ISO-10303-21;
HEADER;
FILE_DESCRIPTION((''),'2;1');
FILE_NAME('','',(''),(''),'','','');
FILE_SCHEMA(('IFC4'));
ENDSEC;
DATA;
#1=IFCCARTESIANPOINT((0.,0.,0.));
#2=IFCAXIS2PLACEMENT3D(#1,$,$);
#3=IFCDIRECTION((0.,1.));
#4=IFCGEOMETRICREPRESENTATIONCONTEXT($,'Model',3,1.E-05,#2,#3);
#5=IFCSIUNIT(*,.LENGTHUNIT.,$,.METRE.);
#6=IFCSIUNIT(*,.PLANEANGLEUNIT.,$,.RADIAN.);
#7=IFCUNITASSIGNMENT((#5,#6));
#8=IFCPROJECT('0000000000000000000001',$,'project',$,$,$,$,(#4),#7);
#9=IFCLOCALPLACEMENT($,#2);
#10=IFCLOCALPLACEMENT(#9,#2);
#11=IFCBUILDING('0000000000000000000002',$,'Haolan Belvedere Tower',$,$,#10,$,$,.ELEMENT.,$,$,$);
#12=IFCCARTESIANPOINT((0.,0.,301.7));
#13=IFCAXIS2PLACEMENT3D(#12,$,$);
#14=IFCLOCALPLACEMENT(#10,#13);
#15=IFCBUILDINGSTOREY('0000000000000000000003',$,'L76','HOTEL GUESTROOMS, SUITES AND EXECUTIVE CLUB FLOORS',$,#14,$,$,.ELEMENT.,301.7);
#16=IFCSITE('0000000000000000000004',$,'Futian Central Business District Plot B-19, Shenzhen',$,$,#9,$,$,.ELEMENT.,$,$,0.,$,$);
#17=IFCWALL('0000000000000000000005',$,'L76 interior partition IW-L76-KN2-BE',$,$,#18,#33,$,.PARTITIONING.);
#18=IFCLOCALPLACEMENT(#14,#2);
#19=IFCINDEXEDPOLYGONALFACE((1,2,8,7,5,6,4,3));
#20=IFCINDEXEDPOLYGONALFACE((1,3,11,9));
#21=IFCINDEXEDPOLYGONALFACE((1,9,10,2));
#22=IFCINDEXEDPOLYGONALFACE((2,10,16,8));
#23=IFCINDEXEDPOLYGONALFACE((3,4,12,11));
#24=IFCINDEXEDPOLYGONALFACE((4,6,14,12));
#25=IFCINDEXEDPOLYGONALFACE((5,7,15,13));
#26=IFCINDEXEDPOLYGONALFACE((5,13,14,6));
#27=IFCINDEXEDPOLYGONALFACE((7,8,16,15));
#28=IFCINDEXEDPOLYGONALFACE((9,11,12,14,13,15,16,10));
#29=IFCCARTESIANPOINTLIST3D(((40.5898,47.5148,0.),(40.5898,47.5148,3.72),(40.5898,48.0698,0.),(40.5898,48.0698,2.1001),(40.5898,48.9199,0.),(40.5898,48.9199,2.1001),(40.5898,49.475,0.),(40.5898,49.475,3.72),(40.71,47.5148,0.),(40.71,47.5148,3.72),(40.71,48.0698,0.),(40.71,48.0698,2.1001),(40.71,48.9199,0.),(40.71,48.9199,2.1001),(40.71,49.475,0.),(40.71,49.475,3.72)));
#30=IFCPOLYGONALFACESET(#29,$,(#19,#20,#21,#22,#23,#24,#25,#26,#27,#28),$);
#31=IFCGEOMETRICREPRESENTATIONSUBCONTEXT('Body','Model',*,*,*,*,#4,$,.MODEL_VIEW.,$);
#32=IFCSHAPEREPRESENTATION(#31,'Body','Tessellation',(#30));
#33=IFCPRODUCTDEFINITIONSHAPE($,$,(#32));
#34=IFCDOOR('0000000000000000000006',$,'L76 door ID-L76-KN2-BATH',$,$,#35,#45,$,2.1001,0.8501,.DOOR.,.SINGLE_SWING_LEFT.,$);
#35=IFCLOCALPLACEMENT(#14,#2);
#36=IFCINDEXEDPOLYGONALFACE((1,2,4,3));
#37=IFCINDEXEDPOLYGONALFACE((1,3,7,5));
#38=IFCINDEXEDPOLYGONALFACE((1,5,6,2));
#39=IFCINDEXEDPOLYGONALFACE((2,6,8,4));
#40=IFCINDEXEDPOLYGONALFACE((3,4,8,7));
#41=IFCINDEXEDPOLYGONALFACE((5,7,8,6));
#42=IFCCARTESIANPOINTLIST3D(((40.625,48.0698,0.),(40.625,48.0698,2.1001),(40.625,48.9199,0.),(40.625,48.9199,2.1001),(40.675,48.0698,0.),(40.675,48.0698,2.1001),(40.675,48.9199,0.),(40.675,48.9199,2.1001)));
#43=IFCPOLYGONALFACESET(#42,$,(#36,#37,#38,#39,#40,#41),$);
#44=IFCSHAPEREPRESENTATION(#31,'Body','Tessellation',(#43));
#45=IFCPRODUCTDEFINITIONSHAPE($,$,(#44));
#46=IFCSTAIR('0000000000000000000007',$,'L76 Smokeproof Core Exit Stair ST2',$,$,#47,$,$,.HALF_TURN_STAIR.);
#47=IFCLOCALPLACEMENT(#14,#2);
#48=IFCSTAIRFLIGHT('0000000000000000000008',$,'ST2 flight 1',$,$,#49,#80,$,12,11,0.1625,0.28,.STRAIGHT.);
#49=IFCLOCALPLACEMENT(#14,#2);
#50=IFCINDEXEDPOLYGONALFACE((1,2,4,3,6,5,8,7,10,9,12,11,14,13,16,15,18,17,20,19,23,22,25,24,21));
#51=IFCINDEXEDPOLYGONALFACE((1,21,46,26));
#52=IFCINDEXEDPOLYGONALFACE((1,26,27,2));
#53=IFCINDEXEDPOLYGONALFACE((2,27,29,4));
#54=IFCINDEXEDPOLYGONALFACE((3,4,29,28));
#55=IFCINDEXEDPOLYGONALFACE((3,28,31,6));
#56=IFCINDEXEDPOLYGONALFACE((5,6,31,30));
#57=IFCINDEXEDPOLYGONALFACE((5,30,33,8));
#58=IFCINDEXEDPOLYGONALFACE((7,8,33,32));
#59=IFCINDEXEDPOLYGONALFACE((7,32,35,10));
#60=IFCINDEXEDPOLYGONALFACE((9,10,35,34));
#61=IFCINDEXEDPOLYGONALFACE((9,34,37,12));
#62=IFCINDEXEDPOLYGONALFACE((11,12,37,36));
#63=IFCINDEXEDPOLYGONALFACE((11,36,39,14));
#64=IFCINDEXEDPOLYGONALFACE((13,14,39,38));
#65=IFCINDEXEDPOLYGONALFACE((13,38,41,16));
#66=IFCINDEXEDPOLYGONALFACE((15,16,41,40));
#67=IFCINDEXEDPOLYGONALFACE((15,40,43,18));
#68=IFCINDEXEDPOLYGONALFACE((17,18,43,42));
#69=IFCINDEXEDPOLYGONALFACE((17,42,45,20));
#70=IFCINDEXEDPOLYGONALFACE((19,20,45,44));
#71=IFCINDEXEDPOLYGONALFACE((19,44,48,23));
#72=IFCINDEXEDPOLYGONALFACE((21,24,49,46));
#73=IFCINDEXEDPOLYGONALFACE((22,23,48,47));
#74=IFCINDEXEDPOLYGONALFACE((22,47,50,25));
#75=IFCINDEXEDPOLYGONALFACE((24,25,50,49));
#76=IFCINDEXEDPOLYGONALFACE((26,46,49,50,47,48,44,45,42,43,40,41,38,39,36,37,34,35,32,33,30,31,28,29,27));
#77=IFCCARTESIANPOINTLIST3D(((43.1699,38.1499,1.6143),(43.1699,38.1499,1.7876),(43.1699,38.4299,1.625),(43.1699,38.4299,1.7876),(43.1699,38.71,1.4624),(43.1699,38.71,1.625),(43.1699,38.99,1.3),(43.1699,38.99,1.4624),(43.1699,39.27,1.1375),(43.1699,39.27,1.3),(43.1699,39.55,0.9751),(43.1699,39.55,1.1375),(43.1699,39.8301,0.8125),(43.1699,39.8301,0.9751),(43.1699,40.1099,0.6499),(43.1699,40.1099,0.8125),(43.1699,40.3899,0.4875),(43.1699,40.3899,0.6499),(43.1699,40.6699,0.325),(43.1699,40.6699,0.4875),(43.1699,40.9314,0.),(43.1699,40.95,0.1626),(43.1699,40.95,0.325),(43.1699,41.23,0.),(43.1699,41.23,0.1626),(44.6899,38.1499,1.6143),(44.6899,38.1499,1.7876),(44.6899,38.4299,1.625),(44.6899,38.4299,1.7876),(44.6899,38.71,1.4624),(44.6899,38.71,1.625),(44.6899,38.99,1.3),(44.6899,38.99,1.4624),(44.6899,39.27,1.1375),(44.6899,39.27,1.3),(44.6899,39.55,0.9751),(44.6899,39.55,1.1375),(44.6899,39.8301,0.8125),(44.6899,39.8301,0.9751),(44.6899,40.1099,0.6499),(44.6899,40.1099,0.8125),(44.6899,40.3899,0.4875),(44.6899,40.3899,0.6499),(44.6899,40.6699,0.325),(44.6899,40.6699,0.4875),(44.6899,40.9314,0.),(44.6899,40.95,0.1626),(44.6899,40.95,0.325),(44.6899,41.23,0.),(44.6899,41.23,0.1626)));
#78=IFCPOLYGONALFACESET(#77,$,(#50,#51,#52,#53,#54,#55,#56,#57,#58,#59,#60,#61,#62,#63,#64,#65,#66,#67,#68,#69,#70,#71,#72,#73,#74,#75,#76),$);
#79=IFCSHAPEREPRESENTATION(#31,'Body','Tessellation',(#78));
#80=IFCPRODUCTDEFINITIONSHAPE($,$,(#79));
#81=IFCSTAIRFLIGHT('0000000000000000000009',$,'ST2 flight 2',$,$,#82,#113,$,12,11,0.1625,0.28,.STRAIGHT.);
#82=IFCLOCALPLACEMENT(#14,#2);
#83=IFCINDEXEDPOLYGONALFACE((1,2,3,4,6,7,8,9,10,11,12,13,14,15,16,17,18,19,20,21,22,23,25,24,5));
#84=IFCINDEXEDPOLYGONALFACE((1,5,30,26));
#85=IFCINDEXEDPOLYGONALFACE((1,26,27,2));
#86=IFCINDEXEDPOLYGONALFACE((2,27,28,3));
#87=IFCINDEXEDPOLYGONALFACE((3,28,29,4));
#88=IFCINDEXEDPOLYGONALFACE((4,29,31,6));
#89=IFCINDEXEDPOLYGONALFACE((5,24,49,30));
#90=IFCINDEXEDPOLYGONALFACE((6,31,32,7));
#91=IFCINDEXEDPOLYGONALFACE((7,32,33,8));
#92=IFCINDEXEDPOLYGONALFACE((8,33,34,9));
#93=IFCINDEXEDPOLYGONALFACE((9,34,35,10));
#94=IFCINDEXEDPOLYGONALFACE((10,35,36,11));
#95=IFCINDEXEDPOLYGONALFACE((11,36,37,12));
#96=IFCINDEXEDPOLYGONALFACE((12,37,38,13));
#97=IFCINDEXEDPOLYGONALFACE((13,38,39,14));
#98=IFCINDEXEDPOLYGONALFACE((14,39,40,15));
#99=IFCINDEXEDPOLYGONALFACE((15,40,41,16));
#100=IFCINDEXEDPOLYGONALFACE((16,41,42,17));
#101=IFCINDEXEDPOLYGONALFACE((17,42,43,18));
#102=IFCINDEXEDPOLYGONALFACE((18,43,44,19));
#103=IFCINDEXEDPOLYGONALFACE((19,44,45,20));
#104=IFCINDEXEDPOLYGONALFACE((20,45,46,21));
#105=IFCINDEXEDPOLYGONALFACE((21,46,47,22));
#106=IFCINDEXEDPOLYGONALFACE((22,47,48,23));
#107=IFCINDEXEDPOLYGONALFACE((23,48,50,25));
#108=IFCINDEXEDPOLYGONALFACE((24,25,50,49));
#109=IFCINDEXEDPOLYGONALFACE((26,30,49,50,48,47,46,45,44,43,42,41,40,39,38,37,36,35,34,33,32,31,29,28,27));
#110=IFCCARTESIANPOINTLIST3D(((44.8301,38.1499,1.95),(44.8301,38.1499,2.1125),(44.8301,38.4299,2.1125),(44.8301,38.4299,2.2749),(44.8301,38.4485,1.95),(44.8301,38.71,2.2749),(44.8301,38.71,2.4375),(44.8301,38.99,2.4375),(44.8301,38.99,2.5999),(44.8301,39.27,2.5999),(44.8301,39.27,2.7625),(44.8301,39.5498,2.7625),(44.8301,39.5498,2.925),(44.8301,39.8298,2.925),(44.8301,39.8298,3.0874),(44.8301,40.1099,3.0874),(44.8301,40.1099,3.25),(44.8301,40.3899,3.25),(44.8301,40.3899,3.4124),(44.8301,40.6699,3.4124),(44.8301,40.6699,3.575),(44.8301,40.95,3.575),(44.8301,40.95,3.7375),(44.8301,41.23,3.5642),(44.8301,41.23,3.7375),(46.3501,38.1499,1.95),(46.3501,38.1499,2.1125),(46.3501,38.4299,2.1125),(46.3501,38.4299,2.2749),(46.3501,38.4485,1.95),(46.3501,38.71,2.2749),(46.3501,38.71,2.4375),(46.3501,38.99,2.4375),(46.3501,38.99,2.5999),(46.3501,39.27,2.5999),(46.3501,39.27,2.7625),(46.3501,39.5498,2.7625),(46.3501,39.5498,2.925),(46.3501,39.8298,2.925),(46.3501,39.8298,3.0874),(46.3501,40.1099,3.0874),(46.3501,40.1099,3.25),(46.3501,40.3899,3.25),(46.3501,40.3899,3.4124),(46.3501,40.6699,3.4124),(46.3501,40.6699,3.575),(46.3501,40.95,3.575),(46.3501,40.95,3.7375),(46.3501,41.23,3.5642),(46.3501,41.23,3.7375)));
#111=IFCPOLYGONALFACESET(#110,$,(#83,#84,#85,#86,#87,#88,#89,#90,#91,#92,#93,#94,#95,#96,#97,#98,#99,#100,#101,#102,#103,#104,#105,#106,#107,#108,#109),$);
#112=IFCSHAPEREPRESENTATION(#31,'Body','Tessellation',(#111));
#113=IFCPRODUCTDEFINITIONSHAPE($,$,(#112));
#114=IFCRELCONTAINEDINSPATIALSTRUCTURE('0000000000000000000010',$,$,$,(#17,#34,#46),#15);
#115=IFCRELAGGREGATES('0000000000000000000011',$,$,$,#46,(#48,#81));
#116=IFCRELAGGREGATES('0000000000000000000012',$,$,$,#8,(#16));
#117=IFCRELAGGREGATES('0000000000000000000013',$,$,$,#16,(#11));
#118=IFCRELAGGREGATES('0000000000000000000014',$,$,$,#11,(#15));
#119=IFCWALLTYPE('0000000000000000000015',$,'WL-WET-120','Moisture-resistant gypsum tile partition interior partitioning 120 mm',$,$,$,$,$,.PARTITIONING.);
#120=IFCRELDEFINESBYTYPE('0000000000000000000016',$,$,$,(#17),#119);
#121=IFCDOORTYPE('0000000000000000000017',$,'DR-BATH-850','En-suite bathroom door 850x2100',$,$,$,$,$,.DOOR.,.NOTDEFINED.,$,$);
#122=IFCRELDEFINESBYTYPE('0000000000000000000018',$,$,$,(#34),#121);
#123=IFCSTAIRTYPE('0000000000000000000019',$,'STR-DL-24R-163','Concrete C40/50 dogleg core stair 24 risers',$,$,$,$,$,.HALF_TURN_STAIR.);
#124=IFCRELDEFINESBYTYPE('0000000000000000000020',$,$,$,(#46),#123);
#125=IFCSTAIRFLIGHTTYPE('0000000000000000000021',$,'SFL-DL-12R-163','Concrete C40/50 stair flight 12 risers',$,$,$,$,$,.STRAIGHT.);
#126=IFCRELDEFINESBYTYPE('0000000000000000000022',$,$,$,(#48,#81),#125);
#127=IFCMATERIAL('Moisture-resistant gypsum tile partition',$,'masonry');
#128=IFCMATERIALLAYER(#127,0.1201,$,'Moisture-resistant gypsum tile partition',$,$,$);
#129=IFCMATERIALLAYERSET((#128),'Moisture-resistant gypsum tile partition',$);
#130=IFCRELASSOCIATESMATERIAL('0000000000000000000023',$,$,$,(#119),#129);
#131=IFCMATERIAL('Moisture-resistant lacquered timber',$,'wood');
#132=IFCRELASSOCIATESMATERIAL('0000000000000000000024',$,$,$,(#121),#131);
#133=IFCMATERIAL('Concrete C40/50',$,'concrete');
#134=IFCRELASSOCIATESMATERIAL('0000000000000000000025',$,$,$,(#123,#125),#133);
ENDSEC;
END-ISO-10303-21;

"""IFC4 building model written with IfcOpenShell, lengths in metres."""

from ifc_helpers import new_model, si_unit, direction, frame, frame_2d, origin, place, context, subcontext, project, spatial, polyline, rectangle, outline, extrude, material, layer, layer_set, type_object, element, fill, aggregate, save


model = new_model("IFC4")

# Units and contexts
model_context = context("Model", 3, precision=1e-05, world=origin(), true_north=direction((0.0, 1.0)))
body_context = subcontext(model_context, "Body", "Model", "MODEL_VIEW")
ifc_project = project(units=[si_unit("LENGTHUNIT", "METRE"), si_unit("PLANEANGLEUNIT", "RADIAN")], contexts=[model_context])

# Site, building, storey
site_placement = place(None, origin())
site = spatial("IfcSite", under=ifc_project, at=site_placement, Name="Futian Central Business District Plot B-19, Shenzhen", CompositionType="ELEMENT", RefElevation=0.0)
building_placement = place(site_placement, origin())
building = spatial("IfcBuilding", under=site, at=building_placement, Name="Haolan Belvedere Tower", CompositionType="ELEMENT")
storey_placement = place(building_placement, frame((0.0, 0.0, 301.7)))
storey = spatial("IfcBuildingStorey", under=building, at=storey_placement, Name="L76", Description="HOTEL GUESTROOMS, SUITES AND EXECUTIVE CLUB FLOORS", CompositionType="ELEMENT", Elevation=301.7)

# Shared definitions
ifc_material_1 = material(Name="Concrete C40/50", Category="concrete")

# Shared definitions
ifc_material_2 = material(Name="Moisture-resistant gypsum tile partition", Category="masonry")
ifc_layer_1 = layer(ifc_material_2, 0.1201, Name="Moisture-resistant gypsum tile partition")
ifc_layer_set_1 = layer_set([ifc_layer_1], Name="Moisture-resistant gypsum tile partition")
wall_type_1 = type_object("IfcWallType", Name="WL-WET-120", Description="Moisture-resistant gypsum tile partition interior partitioning 120 mm", PredefinedType="PARTITIONING", material=ifc_layer_set_1)

# Wall, opening, door
wall_1_placement = place(storey_placement, frame((40.6499, 47.5149, 0.0), z_axis=(0.0, 0.0, 1.0), x_axis=(0.0, 1.0, 0.0)))
wall_1 = element("IfcWall", 1, at=wall_1_placement, inside=storey, type_object=wall_type_1, Name="L76 interior partition IW-L76-KN2-BE", PredefinedType="PARTITIONING", context=body_context, shape_type="SweptSolid", body=[
    extrude(rectangle(XDim=1.9602, YDim=0.1201, at=frame_2d((0.98, 0.0))), origin(), (0.0, 0.0, 1.0), 3.72),
])
opening_1_placement = place(wall_1_placement, frame((0.5549, 0.0, 0.0)))
opening_1 = element("IfcOpeningElement", 2, at=opening_1_placement, cuts=wall_1, PredefinedType="OPENING", context=body_context, shape_type="SweptSolid", body=[
    extrude(rectangle(XDim=0.8501, YDim=2.1001, at=frame_2d((0.425, 1.05))), frame((0.0, 0.0701, 0.0), z_axis=(0.0, -1.0, 0.0), x_axis=(1.0, 0.0, 0.0)), (0.0, 0.0, 1.0), 0.1401),
])
ifc_material_3 = material(Name="Moisture-resistant lacquered timber", Category="wood")
door_type_1 = type_object("IfcDoorType", Name="DR-BATH-850", Description="En-suite bathroom door 850x2100", OperationType="NOTDEFINED", PredefinedType="DOOR", material=ifc_material_3)
door_1_placement = place(opening_1_placement, origin())
door_1 = element("IfcDoor", 3, at=door_1_placement, inside=storey, type_object=door_type_1, Name="L76 door ID-L76-KN2-BATH", OperationType="SINGLE_SWING_LEFT", OverallHeight=2.1001, OverallWidth=0.8501, PredefinedType="DOOR", context=body_context, shape_type="SweptSolid", body=[
    extrude(rectangle(XDim=0.8501, YDim=2.1001, at=frame_2d((0.425, 1.05))), frame((0.0, 0.0249, 0.0), z_axis=(0.0, -1.0, 0.0), x_axis=(1.0, 0.0, 0.0)), (0.0, 0.0, 1.0), 0.05),
])
fill(opening_1, door_1)

# Stair, stair flights
stair_type = type_object("IfcStairType", Name="STR-DL-24R-163", Description="Concrete C40/50 dogleg core stair 24 risers", PredefinedType="HALF_TURN_STAIR", material=ifc_material_1)
stair_placement = place(storey_placement, origin())
stair = element("IfcStair", 4, at=stair_placement, inside=storey, type_object=stair_type, Name="L76 Smokeproof Core Exit Stair ST2", PredefinedType="HALF_TURN_STAIR")
stair_flight_type = type_object("IfcStairFlightType", Name="SFL-DL-12R-163", Description="Concrete C40/50 stair flight 12 risers", PredefinedType="STRAIGHT", material=ifc_material_1)
stair_flight_1_placement = place(storey_placement, frame((43.9299, 41.23, 0.0), z_axis=(0.0, 0.0, 1.0), x_axis=(0.0, -1.0, 0.0)))
stair_flight_1 = element("IfcStairFlight", 5, at=stair_flight_1_placement, type_object=stair_flight_type, Name="ST2 flight 1", NumberOfRisers=12, NumberOfTreads=11, PredefinedType="STRAIGHT", RiserHeight=0.1625, TreadLength=0.28, context=body_context, shape_type="SweptSolid", body=[
    extrude(outline(polyline([(0.0, 0.0), (0.0, 0.1626), (0.28, 0.1626), (0.28, 0.325), (0.5601, 0.325), (0.5601, 0.4875), (0.8401, 0.4875), (0.8401, 0.6499), (1.1201, 0.6499), (1.1201, 0.8125), (1.3999, 0.8125), (1.3999, 0.9751), (1.6799, 0.9751), (1.6799, 1.1375), (1.96, 1.1375), (1.96, 1.3), (2.24, 1.3), (2.24, 1.4624), (2.52, 1.4624), (2.52, 1.625), (2.8, 1.625), (2.8, 1.7876), (3.0801, 1.7876), (3.0801, 1.95), (3.0801, 1.6143), (0.2986, 0.0), (0.0, 0.0)])), frame((0.0, 0.76, 0.0), z_axis=(0.0, -1.0, 0.0), x_axis=(1.0, 0.0, 0.0)), (0.0, 0.0, 1.0), 1.52),
])
stair_flight_2_placement = place(storey_placement, frame((45.5901, 38.1499, 1.95), z_axis=(0.0, 0.0, 1.0), x_axis=(0.0, 1.0, 0.0)))
stair_flight_2 = element("IfcStairFlight", 6, at=stair_flight_2_placement, type_object=stair_flight_type, Name="ST2 flight 2", NumberOfRisers=12, NumberOfTreads=11, PredefinedType="STRAIGHT", RiserHeight=0.1625, TreadLength=0.28, context=body_context, shape_type="SweptSolid", body=[
    extrude(outline(polyline([(0.0, 0.0), (0.0, 0.1626), (0.28, 0.1626), (0.28, 0.325), (0.5601, 0.325), (0.5601, 0.4875), (0.8401, 0.4875), (0.8401, 0.6499), (1.1201, 0.6499), (1.1201, 0.8125), (1.3999, 0.8125), (1.3999, 0.9751), (1.6799, 0.9751), (1.6799, 1.1375), (1.96, 1.1375), (1.96, 1.3), (2.24, 1.3), (2.24, 1.4624), (2.52, 1.4624), (2.52, 1.625), (2.8, 1.625), (2.8, 1.7876), (3.0801, 1.7876), (3.0801, 1.95), (3.0801, 1.6143), (0.2986, 0.0), (0.0, 0.0)])), frame((0.0, 0.76, 0.0), z_axis=(0.0, -1.0, 0.0), x_axis=(1.0, 0.0, 0.0)), (0.0, 0.0, 1.0), 1.52),
])
aggregate(stair, [stair_flight_1, stair_flight_2])

save(model, "model.ifc")
